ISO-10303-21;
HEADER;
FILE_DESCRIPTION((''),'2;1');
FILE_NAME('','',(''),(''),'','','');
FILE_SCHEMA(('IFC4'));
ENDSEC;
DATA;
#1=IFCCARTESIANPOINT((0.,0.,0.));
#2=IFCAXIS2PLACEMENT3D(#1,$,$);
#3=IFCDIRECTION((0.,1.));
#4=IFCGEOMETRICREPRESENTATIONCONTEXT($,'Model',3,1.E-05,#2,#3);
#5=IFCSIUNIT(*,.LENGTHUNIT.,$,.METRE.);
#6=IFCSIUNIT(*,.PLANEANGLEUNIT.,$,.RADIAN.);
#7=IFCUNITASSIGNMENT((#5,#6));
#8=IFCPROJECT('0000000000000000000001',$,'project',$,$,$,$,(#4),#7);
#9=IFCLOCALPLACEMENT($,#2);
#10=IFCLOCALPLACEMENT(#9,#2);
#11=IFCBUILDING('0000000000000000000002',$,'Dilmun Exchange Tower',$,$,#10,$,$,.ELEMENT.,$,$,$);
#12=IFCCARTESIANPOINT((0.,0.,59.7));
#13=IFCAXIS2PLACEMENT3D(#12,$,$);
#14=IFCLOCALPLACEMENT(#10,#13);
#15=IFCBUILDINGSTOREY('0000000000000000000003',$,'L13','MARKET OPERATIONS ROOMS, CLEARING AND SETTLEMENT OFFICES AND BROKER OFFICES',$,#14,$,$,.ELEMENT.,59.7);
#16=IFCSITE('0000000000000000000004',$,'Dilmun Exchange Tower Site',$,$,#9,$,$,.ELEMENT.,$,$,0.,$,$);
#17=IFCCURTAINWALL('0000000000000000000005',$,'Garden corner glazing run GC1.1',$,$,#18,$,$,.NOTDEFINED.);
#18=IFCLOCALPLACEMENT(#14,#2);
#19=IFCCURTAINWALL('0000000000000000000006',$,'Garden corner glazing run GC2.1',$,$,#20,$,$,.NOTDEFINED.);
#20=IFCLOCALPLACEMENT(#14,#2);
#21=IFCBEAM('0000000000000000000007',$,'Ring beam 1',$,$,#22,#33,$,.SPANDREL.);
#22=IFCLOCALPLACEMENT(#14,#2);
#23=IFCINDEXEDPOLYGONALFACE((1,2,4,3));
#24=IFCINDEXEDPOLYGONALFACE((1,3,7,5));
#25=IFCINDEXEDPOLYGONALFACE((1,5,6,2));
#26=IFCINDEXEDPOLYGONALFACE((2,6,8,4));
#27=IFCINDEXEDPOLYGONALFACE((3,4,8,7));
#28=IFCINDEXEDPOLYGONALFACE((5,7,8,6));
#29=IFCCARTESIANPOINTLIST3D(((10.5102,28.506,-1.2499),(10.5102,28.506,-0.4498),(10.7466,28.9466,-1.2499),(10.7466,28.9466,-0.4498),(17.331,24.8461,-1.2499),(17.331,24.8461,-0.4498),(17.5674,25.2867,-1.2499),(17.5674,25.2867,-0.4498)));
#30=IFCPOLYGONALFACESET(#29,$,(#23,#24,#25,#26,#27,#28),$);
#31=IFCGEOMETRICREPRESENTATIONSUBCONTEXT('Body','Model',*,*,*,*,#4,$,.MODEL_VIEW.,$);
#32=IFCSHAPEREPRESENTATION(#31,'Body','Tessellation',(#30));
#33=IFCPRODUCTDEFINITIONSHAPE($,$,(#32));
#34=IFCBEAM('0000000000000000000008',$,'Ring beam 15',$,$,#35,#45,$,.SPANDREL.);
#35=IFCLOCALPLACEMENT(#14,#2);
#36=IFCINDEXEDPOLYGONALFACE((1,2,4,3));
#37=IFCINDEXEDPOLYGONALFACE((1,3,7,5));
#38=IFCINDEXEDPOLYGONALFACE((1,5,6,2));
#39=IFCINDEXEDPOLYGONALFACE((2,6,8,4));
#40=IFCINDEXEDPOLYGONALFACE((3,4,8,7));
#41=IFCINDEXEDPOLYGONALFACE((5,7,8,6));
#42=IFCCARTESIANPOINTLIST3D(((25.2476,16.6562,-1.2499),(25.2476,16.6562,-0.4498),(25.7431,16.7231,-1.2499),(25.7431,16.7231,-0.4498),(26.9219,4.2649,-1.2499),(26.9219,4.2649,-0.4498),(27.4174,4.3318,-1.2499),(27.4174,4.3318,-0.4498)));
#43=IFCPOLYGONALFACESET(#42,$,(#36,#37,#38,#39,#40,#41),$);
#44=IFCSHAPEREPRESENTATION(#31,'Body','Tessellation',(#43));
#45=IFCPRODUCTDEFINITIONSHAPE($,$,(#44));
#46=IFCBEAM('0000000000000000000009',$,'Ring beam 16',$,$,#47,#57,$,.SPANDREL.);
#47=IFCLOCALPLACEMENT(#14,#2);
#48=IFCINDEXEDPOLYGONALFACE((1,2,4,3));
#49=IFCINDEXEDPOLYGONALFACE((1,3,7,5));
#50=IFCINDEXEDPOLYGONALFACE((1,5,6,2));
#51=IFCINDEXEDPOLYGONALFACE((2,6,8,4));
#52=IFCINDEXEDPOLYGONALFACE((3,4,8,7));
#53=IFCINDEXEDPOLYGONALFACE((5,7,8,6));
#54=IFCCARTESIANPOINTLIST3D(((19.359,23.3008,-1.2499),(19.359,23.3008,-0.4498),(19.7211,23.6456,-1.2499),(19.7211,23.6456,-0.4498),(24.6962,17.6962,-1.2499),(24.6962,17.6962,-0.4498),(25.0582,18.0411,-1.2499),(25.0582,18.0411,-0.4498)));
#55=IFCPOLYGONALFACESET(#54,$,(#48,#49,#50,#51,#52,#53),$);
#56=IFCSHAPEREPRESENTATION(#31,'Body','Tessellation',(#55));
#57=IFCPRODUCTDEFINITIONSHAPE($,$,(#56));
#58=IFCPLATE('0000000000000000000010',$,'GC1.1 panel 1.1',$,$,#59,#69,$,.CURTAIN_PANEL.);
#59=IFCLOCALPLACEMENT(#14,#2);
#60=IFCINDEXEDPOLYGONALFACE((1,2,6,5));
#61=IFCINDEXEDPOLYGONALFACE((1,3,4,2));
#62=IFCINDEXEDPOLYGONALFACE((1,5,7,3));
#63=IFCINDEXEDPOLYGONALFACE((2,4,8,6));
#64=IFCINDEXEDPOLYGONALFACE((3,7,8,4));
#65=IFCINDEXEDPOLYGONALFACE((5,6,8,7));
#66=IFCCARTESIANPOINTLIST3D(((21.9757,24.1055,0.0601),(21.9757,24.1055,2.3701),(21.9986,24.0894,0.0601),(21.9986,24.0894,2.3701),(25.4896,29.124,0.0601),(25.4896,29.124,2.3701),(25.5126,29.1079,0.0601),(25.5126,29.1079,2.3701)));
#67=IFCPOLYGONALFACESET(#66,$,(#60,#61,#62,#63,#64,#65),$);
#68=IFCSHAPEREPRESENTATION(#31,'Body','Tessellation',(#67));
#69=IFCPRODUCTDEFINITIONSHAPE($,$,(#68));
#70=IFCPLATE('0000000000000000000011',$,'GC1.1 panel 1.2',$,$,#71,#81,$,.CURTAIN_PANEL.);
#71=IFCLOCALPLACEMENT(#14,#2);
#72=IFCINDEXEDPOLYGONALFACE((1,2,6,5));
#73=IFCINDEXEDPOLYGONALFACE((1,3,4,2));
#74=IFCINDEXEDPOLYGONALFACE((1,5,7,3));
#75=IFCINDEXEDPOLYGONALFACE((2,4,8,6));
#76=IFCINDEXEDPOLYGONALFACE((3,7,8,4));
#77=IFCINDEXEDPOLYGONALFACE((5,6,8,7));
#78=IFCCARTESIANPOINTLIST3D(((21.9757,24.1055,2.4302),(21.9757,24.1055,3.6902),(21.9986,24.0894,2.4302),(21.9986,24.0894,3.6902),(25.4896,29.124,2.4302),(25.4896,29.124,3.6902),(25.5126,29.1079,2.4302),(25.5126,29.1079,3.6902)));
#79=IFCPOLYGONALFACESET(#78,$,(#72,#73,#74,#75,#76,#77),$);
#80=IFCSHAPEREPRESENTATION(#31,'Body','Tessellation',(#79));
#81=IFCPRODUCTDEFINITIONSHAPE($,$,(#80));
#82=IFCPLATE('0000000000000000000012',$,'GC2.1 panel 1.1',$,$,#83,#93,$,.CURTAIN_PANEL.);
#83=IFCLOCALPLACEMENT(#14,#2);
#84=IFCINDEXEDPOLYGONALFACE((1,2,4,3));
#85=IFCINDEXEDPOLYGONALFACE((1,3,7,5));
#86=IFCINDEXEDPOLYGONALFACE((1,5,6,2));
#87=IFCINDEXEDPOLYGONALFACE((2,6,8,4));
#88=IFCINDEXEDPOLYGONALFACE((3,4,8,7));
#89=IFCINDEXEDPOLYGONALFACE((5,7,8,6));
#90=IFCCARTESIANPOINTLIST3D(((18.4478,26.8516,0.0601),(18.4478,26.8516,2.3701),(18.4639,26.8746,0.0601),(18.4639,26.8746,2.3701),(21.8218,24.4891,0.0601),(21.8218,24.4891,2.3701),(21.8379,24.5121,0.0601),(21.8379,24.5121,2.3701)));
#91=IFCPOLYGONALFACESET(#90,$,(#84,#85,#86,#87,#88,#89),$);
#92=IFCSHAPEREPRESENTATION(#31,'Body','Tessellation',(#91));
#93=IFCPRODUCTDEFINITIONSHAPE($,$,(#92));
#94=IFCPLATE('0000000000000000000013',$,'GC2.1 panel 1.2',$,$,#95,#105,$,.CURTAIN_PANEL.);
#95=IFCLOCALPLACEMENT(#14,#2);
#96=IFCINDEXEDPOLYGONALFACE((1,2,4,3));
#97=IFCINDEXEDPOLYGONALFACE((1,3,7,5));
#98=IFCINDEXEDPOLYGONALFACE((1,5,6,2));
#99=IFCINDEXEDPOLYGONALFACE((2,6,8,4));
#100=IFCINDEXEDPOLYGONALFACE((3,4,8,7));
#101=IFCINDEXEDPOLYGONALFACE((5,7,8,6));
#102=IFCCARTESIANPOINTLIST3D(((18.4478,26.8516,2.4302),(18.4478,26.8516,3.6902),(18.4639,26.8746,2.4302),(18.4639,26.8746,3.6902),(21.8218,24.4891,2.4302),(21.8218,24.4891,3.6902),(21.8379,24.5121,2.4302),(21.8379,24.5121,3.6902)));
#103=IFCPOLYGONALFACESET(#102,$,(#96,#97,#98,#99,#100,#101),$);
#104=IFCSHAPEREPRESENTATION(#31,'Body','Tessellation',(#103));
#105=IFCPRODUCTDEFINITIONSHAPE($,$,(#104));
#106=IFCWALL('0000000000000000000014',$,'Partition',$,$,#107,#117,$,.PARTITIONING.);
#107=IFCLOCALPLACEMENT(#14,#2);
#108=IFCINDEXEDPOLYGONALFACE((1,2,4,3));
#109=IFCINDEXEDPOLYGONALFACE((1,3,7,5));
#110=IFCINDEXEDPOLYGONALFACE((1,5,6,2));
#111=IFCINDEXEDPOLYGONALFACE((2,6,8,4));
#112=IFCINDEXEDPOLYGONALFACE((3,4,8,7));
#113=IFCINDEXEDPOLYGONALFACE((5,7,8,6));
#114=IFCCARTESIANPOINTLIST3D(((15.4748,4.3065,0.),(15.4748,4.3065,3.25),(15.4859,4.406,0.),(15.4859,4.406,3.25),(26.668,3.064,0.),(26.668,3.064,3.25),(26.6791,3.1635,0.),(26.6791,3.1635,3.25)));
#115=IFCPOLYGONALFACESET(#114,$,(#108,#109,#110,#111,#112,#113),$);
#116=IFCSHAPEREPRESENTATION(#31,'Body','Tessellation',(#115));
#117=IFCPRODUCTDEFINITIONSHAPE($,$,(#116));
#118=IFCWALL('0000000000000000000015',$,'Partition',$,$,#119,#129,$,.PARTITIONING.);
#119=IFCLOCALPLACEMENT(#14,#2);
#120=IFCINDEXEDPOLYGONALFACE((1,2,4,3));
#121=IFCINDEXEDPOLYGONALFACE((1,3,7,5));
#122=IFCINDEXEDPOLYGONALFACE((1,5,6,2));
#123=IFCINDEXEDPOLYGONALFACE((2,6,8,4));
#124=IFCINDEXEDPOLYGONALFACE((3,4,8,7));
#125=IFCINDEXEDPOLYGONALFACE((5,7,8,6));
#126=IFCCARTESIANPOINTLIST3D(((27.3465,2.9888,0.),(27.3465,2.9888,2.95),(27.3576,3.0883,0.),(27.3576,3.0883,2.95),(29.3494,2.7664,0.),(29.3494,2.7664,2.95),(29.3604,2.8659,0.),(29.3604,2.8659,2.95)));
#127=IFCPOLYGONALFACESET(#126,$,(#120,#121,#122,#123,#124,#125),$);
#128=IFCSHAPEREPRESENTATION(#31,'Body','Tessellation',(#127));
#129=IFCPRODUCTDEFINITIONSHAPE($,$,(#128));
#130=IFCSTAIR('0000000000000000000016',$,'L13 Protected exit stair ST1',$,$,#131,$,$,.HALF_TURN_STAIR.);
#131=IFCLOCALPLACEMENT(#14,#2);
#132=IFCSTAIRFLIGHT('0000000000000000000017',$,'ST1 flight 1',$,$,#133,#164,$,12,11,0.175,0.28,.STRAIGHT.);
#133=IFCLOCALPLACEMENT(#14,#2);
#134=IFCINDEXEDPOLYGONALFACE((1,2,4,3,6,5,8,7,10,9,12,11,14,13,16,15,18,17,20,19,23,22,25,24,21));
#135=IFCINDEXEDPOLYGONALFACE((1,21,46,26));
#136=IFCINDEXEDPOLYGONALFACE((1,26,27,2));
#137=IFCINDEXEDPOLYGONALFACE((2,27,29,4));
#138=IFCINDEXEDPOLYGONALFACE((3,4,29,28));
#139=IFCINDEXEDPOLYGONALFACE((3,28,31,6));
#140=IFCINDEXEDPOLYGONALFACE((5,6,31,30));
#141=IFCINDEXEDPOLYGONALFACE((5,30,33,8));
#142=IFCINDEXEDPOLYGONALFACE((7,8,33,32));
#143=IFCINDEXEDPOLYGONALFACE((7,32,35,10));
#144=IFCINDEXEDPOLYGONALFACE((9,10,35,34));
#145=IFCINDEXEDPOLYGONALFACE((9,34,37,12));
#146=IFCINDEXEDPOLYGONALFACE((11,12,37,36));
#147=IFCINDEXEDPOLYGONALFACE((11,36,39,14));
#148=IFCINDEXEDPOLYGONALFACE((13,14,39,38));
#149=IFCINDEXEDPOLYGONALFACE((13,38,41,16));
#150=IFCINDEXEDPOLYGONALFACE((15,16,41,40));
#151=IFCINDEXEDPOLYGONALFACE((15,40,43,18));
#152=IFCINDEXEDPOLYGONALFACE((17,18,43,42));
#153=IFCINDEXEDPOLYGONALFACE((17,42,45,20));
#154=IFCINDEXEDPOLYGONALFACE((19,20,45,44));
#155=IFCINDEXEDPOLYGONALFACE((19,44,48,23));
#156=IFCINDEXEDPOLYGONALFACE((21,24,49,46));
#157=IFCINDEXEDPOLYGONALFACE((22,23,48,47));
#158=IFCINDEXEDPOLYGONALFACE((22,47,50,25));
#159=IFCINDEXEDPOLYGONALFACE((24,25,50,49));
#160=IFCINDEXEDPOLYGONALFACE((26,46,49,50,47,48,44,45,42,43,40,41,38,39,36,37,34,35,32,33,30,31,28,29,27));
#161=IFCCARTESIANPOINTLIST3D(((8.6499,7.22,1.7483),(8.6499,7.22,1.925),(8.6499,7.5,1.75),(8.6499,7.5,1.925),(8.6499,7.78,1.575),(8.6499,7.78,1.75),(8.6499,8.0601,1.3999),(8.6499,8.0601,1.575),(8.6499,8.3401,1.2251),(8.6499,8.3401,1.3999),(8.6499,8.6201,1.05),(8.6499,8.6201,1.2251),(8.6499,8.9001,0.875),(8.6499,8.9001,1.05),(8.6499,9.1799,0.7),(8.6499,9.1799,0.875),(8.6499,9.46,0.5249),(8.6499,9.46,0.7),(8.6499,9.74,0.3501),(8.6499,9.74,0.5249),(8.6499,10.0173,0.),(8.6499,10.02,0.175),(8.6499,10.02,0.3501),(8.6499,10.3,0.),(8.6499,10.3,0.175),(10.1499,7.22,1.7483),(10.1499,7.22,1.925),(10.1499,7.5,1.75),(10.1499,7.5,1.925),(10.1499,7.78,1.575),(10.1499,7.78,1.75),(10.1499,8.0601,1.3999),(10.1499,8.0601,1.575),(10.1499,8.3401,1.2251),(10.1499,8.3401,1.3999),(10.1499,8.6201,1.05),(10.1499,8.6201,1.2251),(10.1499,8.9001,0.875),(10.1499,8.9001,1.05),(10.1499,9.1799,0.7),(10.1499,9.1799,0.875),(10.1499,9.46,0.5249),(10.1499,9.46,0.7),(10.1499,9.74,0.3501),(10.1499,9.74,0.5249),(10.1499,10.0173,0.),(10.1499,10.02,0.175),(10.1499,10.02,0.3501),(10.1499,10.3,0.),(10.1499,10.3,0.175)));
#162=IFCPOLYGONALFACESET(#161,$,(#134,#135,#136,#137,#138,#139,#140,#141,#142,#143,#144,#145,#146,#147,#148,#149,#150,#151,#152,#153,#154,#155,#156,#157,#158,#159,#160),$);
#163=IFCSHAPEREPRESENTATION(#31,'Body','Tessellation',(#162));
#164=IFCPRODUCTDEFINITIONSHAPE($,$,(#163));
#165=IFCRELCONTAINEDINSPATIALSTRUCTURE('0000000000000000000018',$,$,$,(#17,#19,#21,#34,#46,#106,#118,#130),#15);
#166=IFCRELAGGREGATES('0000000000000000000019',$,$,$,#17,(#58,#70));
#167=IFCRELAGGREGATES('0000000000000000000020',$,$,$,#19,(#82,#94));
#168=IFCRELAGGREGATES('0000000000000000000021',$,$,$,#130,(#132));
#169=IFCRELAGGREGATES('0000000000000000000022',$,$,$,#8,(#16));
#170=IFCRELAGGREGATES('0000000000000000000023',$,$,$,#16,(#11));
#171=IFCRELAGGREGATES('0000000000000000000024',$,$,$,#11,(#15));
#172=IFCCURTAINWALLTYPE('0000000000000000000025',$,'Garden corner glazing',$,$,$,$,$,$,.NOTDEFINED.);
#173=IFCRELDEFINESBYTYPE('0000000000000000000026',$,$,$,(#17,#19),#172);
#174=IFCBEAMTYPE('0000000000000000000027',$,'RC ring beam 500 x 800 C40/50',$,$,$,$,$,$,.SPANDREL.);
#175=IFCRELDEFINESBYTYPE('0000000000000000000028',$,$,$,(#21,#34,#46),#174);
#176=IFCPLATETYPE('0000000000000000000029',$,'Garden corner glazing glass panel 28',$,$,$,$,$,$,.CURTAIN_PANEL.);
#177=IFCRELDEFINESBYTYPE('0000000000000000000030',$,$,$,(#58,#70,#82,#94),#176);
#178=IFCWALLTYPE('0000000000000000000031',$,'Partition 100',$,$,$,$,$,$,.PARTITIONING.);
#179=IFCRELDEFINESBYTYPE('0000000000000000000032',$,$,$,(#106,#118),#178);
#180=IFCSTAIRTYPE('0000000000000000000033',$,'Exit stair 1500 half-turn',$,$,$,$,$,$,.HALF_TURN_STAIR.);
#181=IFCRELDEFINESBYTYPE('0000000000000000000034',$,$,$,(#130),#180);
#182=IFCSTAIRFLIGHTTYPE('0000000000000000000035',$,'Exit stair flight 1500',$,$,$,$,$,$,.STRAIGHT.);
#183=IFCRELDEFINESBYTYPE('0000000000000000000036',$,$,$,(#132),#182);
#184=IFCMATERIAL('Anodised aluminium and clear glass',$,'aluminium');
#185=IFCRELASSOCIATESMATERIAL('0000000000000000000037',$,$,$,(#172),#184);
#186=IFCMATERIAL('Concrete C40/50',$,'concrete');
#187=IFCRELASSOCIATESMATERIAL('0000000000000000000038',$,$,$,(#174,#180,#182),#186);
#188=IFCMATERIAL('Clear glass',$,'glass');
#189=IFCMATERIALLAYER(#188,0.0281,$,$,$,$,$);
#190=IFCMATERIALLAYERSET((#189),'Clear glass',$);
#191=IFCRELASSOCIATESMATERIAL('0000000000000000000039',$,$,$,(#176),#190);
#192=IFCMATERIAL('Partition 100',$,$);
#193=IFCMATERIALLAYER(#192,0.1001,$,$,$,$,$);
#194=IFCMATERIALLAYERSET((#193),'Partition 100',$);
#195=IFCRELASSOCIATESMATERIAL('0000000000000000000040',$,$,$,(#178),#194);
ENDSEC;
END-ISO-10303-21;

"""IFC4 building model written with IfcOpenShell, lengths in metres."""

from ifc_helpers import new_model, si_unit, direction, frame, frame_2d, origin, origin_2d, place, context, subcontext, project, spatial, polyline, rectangle, outline, extrude, material, layer, layer_set, material_profile, profile_set, type_object, element, aggregate, save


model = new_model("IFC4")

# Units and contexts
model_context = context("Model", 3, precision=1e-05, world=origin(), true_north=direction((0.0, 1.0)))
body_context = subcontext(model_context, "Body", "Model", "MODEL_VIEW")
ifc_project = project(units=[si_unit("LENGTHUNIT", "METRE"), si_unit("PLANEANGLEUNIT", "RADIAN")], contexts=[model_context])

# Site, building, storey
site_placement = place(None, origin())
site = spatial("IfcSite", under=ifc_project, at=site_placement, Name="Dilmun Exchange Tower Site", CompositionType="ELEMENT", RefElevation=0.0)
building_placement = place(site_placement, origin())
building = spatial("IfcBuilding", under=site, at=building_placement, Name="Dilmun Exchange Tower", CompositionType="ELEMENT")
storey_placement = place(building_placement, frame((0.0, 0.0, 59.7)))
storey = spatial("IfcBuildingStorey", under=building, at=storey_placement, Name="L13", Description="MARKET OPERATIONS ROOMS, CLEARING AND SETTLEMENT OFFICES AND BROKER OFFICES", CompositionType="ELEMENT", Elevation=59.7)

# Curtain wall
ifc_material_1 = material(Name="Anodised aluminium and clear glass", Category="aluminium")
curtain_wall_type = type_object("IfcCurtainWallType", Name="Garden corner glazing", PredefinedType="NOTDEFINED", material=ifc_material_1)
curtain_wall_1_placement = place(storey_placement, origin())
curtain_wall_1 = element("IfcCurtainWall", 1, at=curtain_wall_1_placement, inside=storey, type_object=curtain_wall_type, Name="Garden corner glazing run GC1.1", PredefinedType="NOTDEFINED")

# Curtain wall
curtain_wall_2_placement = place(storey_placement, origin())
curtain_wall_2 = element("IfcCurtainWall", 2, at=curtain_wall_2_placement, inside=storey, type_object=curtain_wall_type, Name="Garden corner glazing run GC2.1", PredefinedType="NOTDEFINED")

# Beams
ifc_material_2 = material(Name="Concrete C40/50", Category="concrete")
ifc_material_profile_1 = material_profile(ifc_material_2, rectangle(XDim=0.5, YDim=0.8, at=origin_2d()), Name="500 x 800")
ifc_profile_set_1 = profile_set([ifc_material_profile_1], Name="Concrete C40/50")
beam_type_1 = type_object("IfcBeamType", Name="RC ring beam 500 x 800 C40/50", PredefinedType="SPANDREL", material=ifc_profile_set_1)
beam_1_placement = place(storey_placement, frame((17.4492, 25.0664, -0.8499), z_axis=(-0.881162, 0.472815, 0.0), x_axis=(-0.472815, -0.881162, 0.0)))
element("IfcBeam", 3, at=beam_1_placement, inside=storey, type_object=beam_type_1, Name="Ring beam 1", PredefinedType="SPANDREL", context=body_context, shape_type="SweptSolid", body=[
    extrude(rectangle(XDim=0.5, YDim=0.8, at=origin_2d()), origin(), (0.0, 0.0, 1.0), 7.7407),
])
beam_2_placement = place(storey_placement, frame((27.1697, 4.2983, -0.8499), z_axis=(-0.133903, 0.990994, 0.0), x_axis=(-0.990994, -0.133903, 0.0)))
element("IfcBeam", 4, at=beam_2_placement, inside=storey, type_object=beam_type_1, Name="Ring beam 15", PredefinedType="SPANDREL", context=body_context, shape_type="SweptSolid", body=[
    extrude(rectangle(XDim=0.5, YDim=0.8, at=origin_2d()), origin(), (0.0, 0.0, 1.0), 12.5039),
])
beam_3_placement = place(storey_placement, frame((24.8772, 17.8687, -0.8499), z_axis=(-0.689624, 0.724167, 0.0), x_axis=(-0.724167, -0.689624, 0.0)))
element("IfcBeam", 5, at=beam_3_placement, inside=storey, type_object=beam_type_1, Name="Ring beam 16", PredefinedType="SPANDREL", context=body_context, shape_type="SweptSolid", body=[
    extrude(rectangle(XDim=0.5, YDim=0.8, at=origin_2d()), origin(), (0.0, 0.0, 1.0), 7.7393),
])

# Plates
ifc_material_3 = material(Name="Clear glass", Category="glass")
ifc_layer_1 = layer(ifc_material_3, 0.0281)
ifc_layer_set_1 = layer_set([ifc_layer_1], Name="Clear glass")
plate_type = type_object("IfcPlateType", Name="Garden corner glazing glass panel 28", PredefinedType="CURTAIN_PANEL", material=ifc_layer_set_1)
plate_1_placement = place(storey_placement, frame((23.7441, 26.6067, 0.0601), z_axis=(0.0, 0.0, 1.0), x_axis=(-0.573574, -0.819154, 0.0)))
plate_1 = element("IfcPlate", 6, at=plate_1_placement, type_object=plate_type, Name="GC1.1 panel 1.1", PredefinedType="CURTAIN_PANEL", context=body_context, shape_type="SweptSolid", body=[
    extrude(rectangle(XDim=6.1265, YDim=0.0281, at=origin_2d()), origin(), (0.0, 0.0, 1.0), 2.3101),
])
plate_2_placement = place(storey_placement, frame((23.7441, 26.6067, 2.4302), z_axis=(0.0, 0.0, 1.0), x_axis=(-0.573574, -0.819154, 0.0)))
plate_2 = element("IfcPlate", 7, at=plate_2_placement, type_object=plate_type, Name="GC1.1 panel 1.2", PredefinedType="CURTAIN_PANEL", context=body_context, shape_type="SweptSolid", body=[
    extrude(rectangle(XDim=6.1265, YDim=0.0281, at=origin_2d()), origin(), (0.0, 0.0, 1.0), 1.26),
])
aggregate(curtain_wall_1, [plate_1, plate_2])
plate_3_placement = place(storey_placement, frame((20.1428, 25.6819, 0.0601), z_axis=(0.0, 0.0, 1.0), x_axis=(-0.819152, 0.573576, 0.0)))
plate_3 = element("IfcPlate", 8, at=plate_3_placement, type_object=plate_type, Name="GC2.1 panel 1.1", PredefinedType="CURTAIN_PANEL", context=body_context, shape_type="SweptSolid", body=[
    extrude(rectangle(XDim=4.1189, YDim=0.0281, at=origin_2d()), origin(), (0.0, 0.0, 1.0), 2.3101),
])
plate_4_placement = place(storey_placement, frame((20.1428, 25.6819, 2.4302), z_axis=(0.0, 0.0, 1.0), x_axis=(-0.819152, 0.573576, 0.0)))
plate_4 = element("IfcPlate", 9, at=plate_4_placement, type_object=plate_type, Name="GC2.1 panel 1.2", PredefinedType="CURTAIN_PANEL", context=body_context, shape_type="SweptSolid", body=[
    extrude(rectangle(XDim=4.1189, YDim=0.0281, at=origin_2d()), origin(), (0.0, 0.0, 1.0), 1.26),
])
aggregate(curtain_wall_2, [plate_3, plate_4])

# Walls
ifc_material_4 = material(Name="Partition 100")
ifc_layer_2 = layer(ifc_material_4, 0.1001)
ifc_layer_set_2 = layer_set([ifc_layer_2], Name="Partition 100")
wall_type = type_object("IfcWallType", Name="Partition 100", PredefinedType="PARTITIONING", material=ifc_layer_set_2)
wall_1_placement = place(storey_placement, frame((15.4805, 4.3562, 0.0), z_axis=(0.0, 0.0, 1.0), x_axis=(0.993896, -0.110322, 0.0)))
element("IfcWall", 10, at=wall_1_placement, inside=storey, type_object=wall_type, Name="Partition", PredefinedType="PARTITIONING", context=body_context, shape_type="SweptSolid", body=[
    extrude(rectangle(XDim=11.262, YDim=0.1001, at=frame_2d((5.6309, 0.0))), origin(), (0.0, 0.0, 1.0), 3.25),
])
wall_2_placement = place(storey_placement, frame((27.3521, 3.0386, 0.0), z_axis=(0.0, 0.0, 1.0), x_axis=(0.993891, -0.110365, 0.0)))
element("IfcWall", 11, at=wall_2_placement, inside=storey, type_object=wall_type, Name="Partition", PredefinedType="PARTITIONING", context=body_context, shape_type="SweptSolid", body=[
    extrude(rectangle(XDim=2.0151, YDim=0.1001, at=frame_2d((1.0076, 0.0))), origin(), (0.0, 0.0, 1.0), 2.95),
])

# Stair, stair flight
stair_type = type_object("IfcStairType", Name="Exit stair 1500 half-turn", PredefinedType="HALF_TURN_STAIR", material=ifc_material_2)
stair_placement = place(storey_placement, origin())
stair = element("IfcStair", 12, at=stair_placement, inside=storey, type_object=stair_type, Name="L13 Protected exit stair ST1", PredefinedType="HALF_TURN_STAIR")
stair_flight_type = type_object("IfcStairFlightType", Name="Exit stair flight 1500", PredefinedType="STRAIGHT", material=ifc_material_2)
stair_flight_1_placement = place(storey_placement, frame((9.3999, 10.3, 0.0), z_axis=(0.0, 0.0, 1.0), x_axis=(0.0, -1.0, 0.0)))
stair_flight_1 = element("IfcStairFlight", 13, at=stair_flight_1_placement, type_object=stair_flight_type, Name="ST1 flight 1", NumberOfRisers=12, NumberOfTreads=11, PredefinedType="STRAIGHT", RiserHeight=0.175, TreadLength=0.28, context=body_context, shape_type="SweptSolid", body=[
    extrude(outline(polyline([(0.0, 0.0), (0.0, 0.175), (0.28, 0.175), (0.28, 0.3501), (0.5601, 0.3501), (0.5601, 0.5249), (0.8401, 0.5249), (0.8401, 0.7), (1.1201, 0.7), (1.1201, 0.875), (1.3999, 0.875), (1.3999, 1.05), (1.6799, 1.05), (1.6799, 1.2251), (1.96, 1.2251), (1.96, 1.3999), (2.24, 1.3999), (2.24, 1.575), (2.52, 1.575), (2.52, 1.75), (2.8, 1.75), (2.8, 1.925), (3.0801, 1.925), (3.0801, 2.1001), (3.0801, 1.7483), (0.2827, 0.0), (0.0, 0.0)])), frame((0.0, 0.75, 0.0), z_axis=(0.0, -1.0, 0.0), x_axis=(1.0, 0.0, 0.0)), (0.0, 0.0, 1.0), 1.5),
])
aggregate(stair, [stair_flight_1])

save(model, "model.ifc")
